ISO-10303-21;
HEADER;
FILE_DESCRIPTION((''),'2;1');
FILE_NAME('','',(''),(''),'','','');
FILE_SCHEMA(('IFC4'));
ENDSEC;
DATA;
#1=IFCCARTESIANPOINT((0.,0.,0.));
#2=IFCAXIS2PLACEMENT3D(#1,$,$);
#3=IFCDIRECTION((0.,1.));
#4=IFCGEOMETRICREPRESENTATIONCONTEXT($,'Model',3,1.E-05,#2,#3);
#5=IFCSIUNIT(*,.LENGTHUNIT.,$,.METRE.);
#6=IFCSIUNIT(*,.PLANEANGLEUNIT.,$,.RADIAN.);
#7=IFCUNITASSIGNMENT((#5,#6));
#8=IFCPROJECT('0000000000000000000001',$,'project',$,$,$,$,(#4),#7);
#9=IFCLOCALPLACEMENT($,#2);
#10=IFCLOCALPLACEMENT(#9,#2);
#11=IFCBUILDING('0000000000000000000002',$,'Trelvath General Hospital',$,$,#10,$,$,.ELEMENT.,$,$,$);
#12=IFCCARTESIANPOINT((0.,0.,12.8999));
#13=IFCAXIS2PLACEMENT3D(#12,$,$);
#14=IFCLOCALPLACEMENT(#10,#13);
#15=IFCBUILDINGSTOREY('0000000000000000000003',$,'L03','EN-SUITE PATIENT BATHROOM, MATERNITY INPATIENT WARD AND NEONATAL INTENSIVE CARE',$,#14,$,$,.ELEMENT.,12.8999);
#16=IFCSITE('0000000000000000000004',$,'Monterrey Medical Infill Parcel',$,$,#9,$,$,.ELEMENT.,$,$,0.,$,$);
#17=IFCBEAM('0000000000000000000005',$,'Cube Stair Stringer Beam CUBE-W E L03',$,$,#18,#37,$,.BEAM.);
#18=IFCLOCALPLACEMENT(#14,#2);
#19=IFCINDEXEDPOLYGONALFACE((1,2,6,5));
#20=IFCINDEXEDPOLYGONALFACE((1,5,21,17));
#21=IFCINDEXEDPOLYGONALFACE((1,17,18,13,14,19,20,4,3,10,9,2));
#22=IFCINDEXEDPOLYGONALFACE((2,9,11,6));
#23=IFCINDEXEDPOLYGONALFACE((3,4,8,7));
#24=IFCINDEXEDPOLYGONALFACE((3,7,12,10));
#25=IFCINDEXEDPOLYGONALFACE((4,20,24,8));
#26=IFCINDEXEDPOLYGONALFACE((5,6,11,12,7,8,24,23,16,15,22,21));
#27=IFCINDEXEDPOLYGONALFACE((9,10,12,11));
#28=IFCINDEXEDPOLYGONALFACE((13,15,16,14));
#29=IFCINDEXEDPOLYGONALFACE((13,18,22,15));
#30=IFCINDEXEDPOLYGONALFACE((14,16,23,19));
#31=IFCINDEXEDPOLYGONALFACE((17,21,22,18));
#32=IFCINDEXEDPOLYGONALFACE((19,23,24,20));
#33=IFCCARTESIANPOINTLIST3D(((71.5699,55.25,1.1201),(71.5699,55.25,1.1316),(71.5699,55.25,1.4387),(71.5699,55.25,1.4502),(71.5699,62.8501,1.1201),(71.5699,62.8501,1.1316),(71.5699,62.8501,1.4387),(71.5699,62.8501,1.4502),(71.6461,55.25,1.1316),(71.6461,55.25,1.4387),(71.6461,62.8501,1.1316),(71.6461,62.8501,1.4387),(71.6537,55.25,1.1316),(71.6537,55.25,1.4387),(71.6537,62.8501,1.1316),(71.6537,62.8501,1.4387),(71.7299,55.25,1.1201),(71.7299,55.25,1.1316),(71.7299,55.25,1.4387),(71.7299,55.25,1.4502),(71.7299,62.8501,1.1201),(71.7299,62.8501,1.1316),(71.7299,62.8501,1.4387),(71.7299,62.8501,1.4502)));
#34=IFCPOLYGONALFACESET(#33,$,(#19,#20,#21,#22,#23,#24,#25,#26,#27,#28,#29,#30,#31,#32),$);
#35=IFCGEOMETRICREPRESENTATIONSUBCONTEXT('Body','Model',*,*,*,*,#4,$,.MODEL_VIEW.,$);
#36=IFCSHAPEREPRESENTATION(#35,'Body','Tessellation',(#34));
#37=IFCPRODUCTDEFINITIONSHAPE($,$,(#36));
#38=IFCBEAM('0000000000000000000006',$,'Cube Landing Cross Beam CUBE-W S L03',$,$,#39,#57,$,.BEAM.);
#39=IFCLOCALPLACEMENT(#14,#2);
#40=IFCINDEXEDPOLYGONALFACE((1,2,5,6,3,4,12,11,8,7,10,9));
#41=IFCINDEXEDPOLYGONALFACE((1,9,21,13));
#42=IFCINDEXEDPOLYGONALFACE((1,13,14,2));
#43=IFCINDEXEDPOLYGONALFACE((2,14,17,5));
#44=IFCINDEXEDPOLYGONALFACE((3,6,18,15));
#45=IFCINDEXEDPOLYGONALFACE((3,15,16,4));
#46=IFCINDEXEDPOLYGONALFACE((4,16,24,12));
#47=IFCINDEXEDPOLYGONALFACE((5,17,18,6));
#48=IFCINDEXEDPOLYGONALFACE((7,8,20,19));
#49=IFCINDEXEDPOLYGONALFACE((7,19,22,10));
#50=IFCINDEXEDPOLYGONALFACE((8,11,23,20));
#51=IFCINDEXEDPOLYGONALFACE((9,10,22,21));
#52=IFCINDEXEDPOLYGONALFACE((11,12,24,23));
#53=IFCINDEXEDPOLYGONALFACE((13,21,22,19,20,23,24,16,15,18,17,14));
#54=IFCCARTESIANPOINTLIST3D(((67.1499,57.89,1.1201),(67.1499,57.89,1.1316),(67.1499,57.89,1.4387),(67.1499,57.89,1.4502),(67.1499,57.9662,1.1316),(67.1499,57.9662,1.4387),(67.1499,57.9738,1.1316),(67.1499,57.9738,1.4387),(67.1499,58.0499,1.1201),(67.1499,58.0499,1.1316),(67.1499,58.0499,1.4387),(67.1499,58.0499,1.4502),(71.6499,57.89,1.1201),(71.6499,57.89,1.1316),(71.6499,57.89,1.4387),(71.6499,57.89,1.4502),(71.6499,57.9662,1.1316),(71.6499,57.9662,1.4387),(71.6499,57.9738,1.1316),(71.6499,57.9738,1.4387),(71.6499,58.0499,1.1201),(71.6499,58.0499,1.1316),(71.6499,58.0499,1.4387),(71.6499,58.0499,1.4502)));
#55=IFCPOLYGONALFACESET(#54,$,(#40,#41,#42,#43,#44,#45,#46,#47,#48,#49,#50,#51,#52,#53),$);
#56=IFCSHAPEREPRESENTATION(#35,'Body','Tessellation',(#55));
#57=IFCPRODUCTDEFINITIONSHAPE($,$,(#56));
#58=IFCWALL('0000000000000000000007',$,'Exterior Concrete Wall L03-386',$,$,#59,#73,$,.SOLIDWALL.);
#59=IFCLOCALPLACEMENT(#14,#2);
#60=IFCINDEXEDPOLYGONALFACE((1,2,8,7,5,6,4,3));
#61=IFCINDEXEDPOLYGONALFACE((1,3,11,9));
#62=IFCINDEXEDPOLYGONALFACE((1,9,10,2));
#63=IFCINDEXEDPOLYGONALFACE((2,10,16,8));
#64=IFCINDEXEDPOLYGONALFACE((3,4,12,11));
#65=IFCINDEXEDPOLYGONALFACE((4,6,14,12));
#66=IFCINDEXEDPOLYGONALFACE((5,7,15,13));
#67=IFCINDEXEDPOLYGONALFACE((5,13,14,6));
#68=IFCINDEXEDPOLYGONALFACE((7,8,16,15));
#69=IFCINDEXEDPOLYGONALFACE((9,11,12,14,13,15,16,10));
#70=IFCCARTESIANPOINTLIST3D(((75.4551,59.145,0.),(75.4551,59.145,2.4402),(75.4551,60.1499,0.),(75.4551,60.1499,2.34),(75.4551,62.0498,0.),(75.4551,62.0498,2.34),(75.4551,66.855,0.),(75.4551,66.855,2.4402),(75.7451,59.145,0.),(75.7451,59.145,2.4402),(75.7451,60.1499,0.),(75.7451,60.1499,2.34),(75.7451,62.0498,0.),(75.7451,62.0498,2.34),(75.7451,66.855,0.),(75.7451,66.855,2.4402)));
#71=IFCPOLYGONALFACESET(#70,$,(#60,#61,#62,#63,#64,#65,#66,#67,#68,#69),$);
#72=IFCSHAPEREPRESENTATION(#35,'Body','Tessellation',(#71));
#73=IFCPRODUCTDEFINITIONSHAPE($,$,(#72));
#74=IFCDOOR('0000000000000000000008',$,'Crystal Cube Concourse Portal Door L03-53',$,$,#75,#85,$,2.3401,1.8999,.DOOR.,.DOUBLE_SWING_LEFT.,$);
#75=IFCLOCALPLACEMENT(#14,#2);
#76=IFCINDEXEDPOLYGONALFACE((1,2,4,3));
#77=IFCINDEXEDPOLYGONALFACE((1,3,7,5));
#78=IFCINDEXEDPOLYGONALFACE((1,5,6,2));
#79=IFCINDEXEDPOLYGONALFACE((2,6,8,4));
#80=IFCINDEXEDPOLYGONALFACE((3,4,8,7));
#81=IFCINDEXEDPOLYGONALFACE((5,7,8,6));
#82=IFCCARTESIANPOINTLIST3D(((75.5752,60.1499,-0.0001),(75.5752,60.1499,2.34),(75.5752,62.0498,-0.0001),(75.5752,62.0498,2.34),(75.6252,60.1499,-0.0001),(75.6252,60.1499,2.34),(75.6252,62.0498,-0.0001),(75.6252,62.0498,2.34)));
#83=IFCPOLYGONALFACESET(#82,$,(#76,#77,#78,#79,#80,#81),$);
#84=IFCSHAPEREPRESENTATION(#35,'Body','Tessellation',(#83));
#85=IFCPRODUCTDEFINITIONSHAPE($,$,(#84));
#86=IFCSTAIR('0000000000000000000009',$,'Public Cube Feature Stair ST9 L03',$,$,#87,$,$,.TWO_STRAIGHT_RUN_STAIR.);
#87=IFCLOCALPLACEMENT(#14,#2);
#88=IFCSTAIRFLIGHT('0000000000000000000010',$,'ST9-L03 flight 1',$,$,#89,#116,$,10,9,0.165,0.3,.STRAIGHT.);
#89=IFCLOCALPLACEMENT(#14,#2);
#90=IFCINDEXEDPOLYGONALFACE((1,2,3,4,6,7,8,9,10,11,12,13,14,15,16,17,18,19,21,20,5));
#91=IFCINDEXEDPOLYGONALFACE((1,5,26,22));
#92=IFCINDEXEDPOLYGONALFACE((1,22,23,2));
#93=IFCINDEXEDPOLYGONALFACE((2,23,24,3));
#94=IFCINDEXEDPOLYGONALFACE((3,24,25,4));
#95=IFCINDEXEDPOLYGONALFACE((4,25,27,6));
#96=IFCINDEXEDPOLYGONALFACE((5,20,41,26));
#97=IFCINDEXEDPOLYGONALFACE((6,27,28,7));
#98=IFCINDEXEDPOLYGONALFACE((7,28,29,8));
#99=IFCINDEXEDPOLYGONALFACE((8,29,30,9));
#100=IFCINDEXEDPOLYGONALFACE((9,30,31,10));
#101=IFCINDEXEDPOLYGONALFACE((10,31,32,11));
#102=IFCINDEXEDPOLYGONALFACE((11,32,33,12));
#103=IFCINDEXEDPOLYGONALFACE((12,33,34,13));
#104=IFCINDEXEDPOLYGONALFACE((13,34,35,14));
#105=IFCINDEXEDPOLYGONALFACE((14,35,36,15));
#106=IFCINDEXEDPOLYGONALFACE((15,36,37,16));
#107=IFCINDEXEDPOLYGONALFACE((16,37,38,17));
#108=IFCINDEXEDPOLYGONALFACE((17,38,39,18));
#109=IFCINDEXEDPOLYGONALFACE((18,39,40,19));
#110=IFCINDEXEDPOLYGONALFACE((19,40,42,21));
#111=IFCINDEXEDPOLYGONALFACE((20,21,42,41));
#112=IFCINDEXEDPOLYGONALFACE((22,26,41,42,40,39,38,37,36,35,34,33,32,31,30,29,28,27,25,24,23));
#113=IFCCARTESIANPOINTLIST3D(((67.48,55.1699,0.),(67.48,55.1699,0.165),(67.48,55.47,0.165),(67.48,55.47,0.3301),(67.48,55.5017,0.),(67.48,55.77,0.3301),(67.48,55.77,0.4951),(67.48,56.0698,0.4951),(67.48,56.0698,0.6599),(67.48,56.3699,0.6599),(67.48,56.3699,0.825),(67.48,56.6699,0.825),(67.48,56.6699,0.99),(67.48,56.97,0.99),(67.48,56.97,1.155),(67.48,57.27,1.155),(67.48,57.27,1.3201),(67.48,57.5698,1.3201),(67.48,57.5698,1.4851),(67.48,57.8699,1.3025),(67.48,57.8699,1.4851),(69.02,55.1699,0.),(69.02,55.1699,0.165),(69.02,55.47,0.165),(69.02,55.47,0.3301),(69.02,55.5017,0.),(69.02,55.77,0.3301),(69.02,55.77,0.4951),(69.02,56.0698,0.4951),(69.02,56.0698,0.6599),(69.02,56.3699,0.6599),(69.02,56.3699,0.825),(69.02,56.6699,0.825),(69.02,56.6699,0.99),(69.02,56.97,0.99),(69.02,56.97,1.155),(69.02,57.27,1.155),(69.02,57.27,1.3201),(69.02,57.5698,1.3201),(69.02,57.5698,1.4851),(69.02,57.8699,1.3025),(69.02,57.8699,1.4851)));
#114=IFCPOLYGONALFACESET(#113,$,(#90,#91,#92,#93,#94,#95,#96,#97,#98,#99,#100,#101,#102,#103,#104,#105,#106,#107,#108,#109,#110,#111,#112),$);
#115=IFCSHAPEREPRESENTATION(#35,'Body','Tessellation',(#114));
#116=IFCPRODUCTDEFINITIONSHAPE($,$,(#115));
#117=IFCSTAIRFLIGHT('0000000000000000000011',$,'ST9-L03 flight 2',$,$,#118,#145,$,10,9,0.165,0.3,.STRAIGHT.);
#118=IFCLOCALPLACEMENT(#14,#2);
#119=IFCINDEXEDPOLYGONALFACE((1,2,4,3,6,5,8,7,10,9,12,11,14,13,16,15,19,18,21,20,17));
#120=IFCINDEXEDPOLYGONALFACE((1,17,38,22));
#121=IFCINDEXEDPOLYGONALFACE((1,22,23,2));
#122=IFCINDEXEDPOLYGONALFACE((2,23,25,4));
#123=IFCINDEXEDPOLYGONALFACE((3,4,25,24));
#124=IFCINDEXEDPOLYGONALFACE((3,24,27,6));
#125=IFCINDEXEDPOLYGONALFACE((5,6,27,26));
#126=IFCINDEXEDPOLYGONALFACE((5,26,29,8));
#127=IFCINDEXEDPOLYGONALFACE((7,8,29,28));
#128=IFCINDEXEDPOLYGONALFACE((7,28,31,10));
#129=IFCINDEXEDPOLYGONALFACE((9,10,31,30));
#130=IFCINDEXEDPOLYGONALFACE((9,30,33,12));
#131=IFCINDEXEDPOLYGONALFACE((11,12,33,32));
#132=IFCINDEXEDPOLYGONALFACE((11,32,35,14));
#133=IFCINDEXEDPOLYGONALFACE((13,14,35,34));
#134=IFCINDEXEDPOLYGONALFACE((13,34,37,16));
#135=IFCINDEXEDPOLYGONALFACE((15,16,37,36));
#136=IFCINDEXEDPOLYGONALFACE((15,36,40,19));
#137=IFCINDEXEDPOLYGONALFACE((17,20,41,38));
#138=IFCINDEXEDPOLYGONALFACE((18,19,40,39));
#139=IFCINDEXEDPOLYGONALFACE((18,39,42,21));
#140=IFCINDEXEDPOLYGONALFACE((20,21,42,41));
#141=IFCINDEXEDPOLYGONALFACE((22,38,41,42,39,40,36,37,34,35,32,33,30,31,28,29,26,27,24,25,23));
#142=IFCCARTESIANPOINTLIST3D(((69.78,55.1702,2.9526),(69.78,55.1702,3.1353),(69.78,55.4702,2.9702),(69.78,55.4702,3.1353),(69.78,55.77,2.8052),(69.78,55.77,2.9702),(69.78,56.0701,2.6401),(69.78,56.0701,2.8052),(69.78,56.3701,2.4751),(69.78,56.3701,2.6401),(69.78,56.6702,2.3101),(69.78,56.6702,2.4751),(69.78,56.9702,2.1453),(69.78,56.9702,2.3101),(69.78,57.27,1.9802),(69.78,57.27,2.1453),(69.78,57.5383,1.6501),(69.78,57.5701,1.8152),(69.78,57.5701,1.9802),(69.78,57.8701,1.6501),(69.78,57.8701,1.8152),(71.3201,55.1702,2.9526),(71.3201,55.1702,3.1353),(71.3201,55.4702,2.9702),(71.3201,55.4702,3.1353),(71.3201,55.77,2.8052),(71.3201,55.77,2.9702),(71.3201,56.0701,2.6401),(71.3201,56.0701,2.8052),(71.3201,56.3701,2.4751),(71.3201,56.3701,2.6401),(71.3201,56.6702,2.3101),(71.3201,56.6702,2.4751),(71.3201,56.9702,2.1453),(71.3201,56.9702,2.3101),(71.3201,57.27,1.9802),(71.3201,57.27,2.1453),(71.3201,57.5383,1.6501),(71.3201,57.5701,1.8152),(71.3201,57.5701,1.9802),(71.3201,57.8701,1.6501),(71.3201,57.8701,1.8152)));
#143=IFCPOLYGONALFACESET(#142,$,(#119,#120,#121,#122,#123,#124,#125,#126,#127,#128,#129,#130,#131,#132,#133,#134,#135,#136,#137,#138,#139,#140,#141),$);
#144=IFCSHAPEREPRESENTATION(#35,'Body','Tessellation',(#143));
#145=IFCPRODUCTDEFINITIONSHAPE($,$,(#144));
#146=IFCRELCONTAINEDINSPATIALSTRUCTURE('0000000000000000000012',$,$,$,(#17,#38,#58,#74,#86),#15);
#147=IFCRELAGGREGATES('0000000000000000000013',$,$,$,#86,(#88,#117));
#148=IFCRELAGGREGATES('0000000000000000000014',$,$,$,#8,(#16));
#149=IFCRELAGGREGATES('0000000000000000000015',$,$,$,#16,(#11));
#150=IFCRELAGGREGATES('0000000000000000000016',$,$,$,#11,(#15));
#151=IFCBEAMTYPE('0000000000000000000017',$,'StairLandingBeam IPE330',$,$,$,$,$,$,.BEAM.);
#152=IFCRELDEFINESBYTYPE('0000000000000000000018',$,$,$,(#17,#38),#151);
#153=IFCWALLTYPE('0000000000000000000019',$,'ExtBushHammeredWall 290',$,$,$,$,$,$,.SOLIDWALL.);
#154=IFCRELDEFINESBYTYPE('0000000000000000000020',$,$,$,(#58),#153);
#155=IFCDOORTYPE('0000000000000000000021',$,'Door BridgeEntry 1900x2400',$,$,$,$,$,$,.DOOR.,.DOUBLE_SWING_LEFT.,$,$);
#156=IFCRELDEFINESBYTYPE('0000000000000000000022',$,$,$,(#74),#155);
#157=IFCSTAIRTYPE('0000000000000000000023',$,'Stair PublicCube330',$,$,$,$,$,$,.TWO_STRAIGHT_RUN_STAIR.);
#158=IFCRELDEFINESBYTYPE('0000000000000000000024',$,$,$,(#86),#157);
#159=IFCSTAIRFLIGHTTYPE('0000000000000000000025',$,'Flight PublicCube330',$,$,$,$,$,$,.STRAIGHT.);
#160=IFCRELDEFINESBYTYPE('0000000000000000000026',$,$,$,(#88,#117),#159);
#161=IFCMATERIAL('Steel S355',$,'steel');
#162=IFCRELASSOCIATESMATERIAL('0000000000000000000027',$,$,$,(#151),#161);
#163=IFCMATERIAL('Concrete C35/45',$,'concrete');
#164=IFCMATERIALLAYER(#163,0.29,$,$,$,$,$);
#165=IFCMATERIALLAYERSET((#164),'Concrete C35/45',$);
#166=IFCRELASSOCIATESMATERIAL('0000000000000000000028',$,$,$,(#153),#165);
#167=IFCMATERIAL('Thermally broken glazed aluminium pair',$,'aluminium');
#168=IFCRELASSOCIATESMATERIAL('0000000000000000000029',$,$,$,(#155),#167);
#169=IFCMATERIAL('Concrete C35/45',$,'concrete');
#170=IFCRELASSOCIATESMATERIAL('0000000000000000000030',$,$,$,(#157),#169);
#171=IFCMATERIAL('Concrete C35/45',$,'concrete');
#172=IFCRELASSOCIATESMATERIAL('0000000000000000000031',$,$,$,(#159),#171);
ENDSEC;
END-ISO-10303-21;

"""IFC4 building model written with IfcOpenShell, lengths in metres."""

from ifc_helpers import new_model, si_unit, direction, frame, frame_2d, origin, origin_2d, place, context, subcontext, project, spatial, polyline, rectangle, i_section, outline, extrude, material, layer, layer_set, material_profile, profile_set, type_object, element, fill, aggregate, save


model = new_model("IFC4")

# Units and contexts
model_context = context("Model", 3, precision=1e-05, world=origin(), true_north=direction((0.0, 1.0)))
body_context = subcontext(model_context, "Body", "Model", "MODEL_VIEW")
ifc_project = project(units=[si_unit("LENGTHUNIT", "METRE"), si_unit("PLANEANGLEUNIT", "RADIAN")], contexts=[model_context])

# Site, building, storey
site_placement = place(None, origin())
site = spatial("IfcSite", under=ifc_project, at=site_placement, Name="Monterrey Medical Infill Parcel", CompositionType="ELEMENT", RefElevation=0.0)
building_placement = place(site_placement, origin())
building = spatial("IfcBuilding", under=site, at=building_placement, Name="Trelvath General Hospital", CompositionType="ELEMENT")
storey_placement = place(building_placement, frame((0.0, 0.0, 12.8999)))
storey = spatial("IfcBuildingStorey", under=building, at=storey_placement, Name="L03", Description="EN-SUITE PATIENT BATHROOM, MATERNITY INPATIENT WARD AND NEONATAL INTENSIVE CARE", CompositionType="ELEMENT", Elevation=12.8999)

# Beams
ifc_material_1 = material(Name="Steel S355", Category="steel")
ifc_material_profile_1 = material_profile(ifc_material_1, i_section(OverallWidth=0.1599, OverallDepth=0.3301, WebThickness=0.0076, FlangeThickness=0.0115, at=origin_2d()), Name="IPE330")
ifc_profile_set_1 = profile_set([ifc_material_profile_1], Name="Steel S355")
beam_type_1 = type_object("IfcBeamType", Name="StairLandingBeam IPE330", PredefinedType="BEAM", material=ifc_profile_set_1)
for number, where, z_axis, x_axis, name in (
    (1, (71.6499, 55.25, 1.2852), (0.0, 1.0, 0.0), (-1.0, 0.0, 0.0), "Cube Stair Stringer Beam CUBE-W E L03"),
):
    element("IfcBeam", number, at=place(storey_placement, frame(where, z_axis=z_axis, x_axis=x_axis)), inside=storey, type_object=beam_type_1, Name=name, PredefinedType="BEAM", context=body_context, shape_type="SweptSolid", body=[
        extrude(i_section(OverallWidth=0.1599, OverallDepth=0.3301, WebThickness=0.0076, FlangeThickness=0.0115, at=origin_2d()), origin(), (0.0, 0.0, 1.0), 7.6001),
    ])
beam_1_placement = place(storey_placement, frame((67.1499, 57.97, 1.2852), z_axis=(1.0, 0.0, 0.0), x_axis=(0.0, 1.0, 0.0)))
element("IfcBeam", 2, at=beam_1_placement, inside=storey, type_object=beam_type_1, Name="Cube Landing Cross Beam CUBE-W S L03", PredefinedType="BEAM", context=body_context, shape_type="SweptSolid", body=[
    extrude(i_section(OverallWidth=0.1599, OverallDepth=0.3301, WebThickness=0.0076, FlangeThickness=0.0115, at=origin_2d()), origin(), (0.0, 0.0, 1.0), 4.5),
])

# Wall, opening, door
ifc_material_2 = material(Name="Concrete C35/45", Category="concrete")
ifc_layer = layer(ifc_material_2, 0.29)
ifc_layer_set = layer_set([ifc_layer], Name="Concrete C35/45")
wall_type = type_object("IfcWallType", Name="ExtBushHammeredWall 290", PredefinedType="SOLIDWALL", material=ifc_layer_set)
wall_placement = place(storey_placement, frame((75.6001, 59.145, 0.0), z_axis=(0.0, 0.0, 1.0), x_axis=(0.0, 1.0, 0.0)))
wall = element("IfcWall", 3, at=wall_placement, inside=storey, type_object=wall_type, Name="Exterior Concrete Wall L03-386", PredefinedType="SOLIDWALL", context=body_context, shape_type="SweptSolid", body=[
    extrude(rectangle(XDim=7.71, YDim=0.29, at=frame_2d((3.855, 0.0))), origin(), (0.0, 0.0, 1.0), 2.4402),
])
opening_placement = place(wall_placement, frame((1.0049, 0.0, 0.0)))
opening = element("IfcOpeningElement", 4, at=opening_placement, cuts=wall, PredefinedType="OPENING", context=body_context, shape_type="SweptSolid", body=[
    extrude(rectangle(XDim=1.8999, YDim=2.3401, at=frame_2d((0.95, 1.1699))), frame((0.0, 0.155, 0.0), z_axis=(0.0, -1.0, 0.0), x_axis=(1.0, 0.0, 0.0)), (0.0, 0.0, 1.0), 0.3101),
])
ifc_material_3 = material(Name="Thermally broken glazed aluminium pair", Category="aluminium")
door_type = type_object("IfcDoorType", Name="Door BridgeEntry 1900x2400", OperationType="DOUBLE_SWING_LEFT", PredefinedType="DOOR", material=ifc_material_3)
door_placement = place(opening_placement, origin())
door = element("IfcDoor", 5, at=door_placement, inside=storey, type_object=door_type, Name="Crystal Cube Concourse Portal Door L03-53", OperationType="DOUBLE_SWING_LEFT", OverallHeight=2.3401, OverallWidth=1.8999, PredefinedType="DOOR", context=body_context, shape_type="SweptSolid", body=[
    extrude(rectangle(XDim=1.8999, YDim=2.3401, at=frame_2d((0.95, 1.1699))), frame((0.0, 0.0249, 0.0), z_axis=(0.0, -1.0, 0.0), x_axis=(1.0, 0.0, 0.0)), (0.0, 0.0, 1.0), 0.05),
])
fill(opening, door)

# Stair, stair flights
ifc_material_4 = material(Name="Concrete C35/45", Category="concrete")
stair_type = type_object("IfcStairType", Name="Stair PublicCube330", PredefinedType="TWO_STRAIGHT_RUN_STAIR", material=ifc_material_4)
stair_placement = place(storey_placement, origin())
stair = element("IfcStair", 6, at=stair_placement, inside=storey, type_object=stair_type, Name="Public Cube Feature Stair ST9 L03", PredefinedType="TWO_STRAIGHT_RUN_STAIR")
ifc_material_5 = material(Name="Concrete C35/45", Category="concrete")
stair_flight_type = type_object("IfcStairFlightType", Name="Flight PublicCube330", PredefinedType="STRAIGHT", material=ifc_material_5)
stair_flight_1_placement = place(storey_placement, frame((68.25, 55.1699, 0.0), z_axis=(0.0, 0.0, 1.0), x_axis=(0.0, 1.0, 0.0)))
stair_flight_1 = element("IfcStairFlight", 7, at=stair_flight_1_placement, type_object=stair_flight_type, Name="ST9-L03 flight 1", NumberOfRisers=10, NumberOfTreads=9, PredefinedType="STRAIGHT", RiserHeight=0.165, TreadLength=0.3, context=body_context, shape_type="SweptSolid", body=[
    extrude(outline(polyline([(0.0, 0.0), (0.0, 0.165), (0.3, 0.165), (0.3, 0.3301), (0.6001, 0.3301), (0.6001, 0.4951), (0.8999, 0.4951), (0.8999, 0.6599), (1.2, 0.6599), (1.2, 0.825), (1.5, 0.825), (1.5, 0.99), (1.8, 0.99), (1.8, 1.155), (2.1001, 1.155), (2.1001, 1.3201), (2.3999, 1.3201), (2.3999, 1.4851), (2.7, 1.4851), (2.7, 1.6499), (2.7, 1.3025), (0.3318, 0.0), (0.0, 0.0)])), frame((0.0, 0.77, 0.0), z_axis=(0.0, -1.0, 0.0), x_axis=(1.0, 0.0, 0.0)), (0.0, 0.0, 1.0), 1.54),
])
stair_flight_2_placement = place(storey_placement, frame((70.55, 57.8701, 1.6501), z_axis=(0.0, 0.0, 1.0), x_axis=(0.0, -1.0, 0.0)))
stair_flight_2 = element("IfcStairFlight", 8, at=stair_flight_2_placement, type_object=stair_flight_type, Name="ST9-L03 flight 2", NumberOfRisers=10, NumberOfTreads=9, PredefinedType="STRAIGHT", RiserHeight=0.165, TreadLength=0.3, context=body_context, shape_type="SweptSolid", body=[
    extrude(outline(polyline([(0.0, 0.0), (0.0, 0.165), (0.3, 0.165), (0.3, 0.3301), (0.6001, 0.3301), (0.6001, 0.4951), (0.8999, 0.4951), (0.8999, 0.6599), (1.2, 0.6599), (1.2, 0.825), (1.5, 0.825), (1.5, 0.99), (1.8, 0.99), (1.8, 1.155), (2.1001, 1.155), (2.1001, 1.3201), (2.3999, 1.3201), (2.3999, 1.4851), (2.7, 1.4851), (2.7, 1.6499), (2.7, 1.3025), (0.3318, 0.0), (0.0, 0.0)])), frame((0.0, 0.77, 0.0), z_axis=(0.0, -1.0, 0.0), x_axis=(1.0, 0.0, 0.0)), (0.0, 0.0, 1.0), 1.54),
])
aggregate(stair, [stair_flight_1, stair_flight_2])

save(model, "model.ifc")
